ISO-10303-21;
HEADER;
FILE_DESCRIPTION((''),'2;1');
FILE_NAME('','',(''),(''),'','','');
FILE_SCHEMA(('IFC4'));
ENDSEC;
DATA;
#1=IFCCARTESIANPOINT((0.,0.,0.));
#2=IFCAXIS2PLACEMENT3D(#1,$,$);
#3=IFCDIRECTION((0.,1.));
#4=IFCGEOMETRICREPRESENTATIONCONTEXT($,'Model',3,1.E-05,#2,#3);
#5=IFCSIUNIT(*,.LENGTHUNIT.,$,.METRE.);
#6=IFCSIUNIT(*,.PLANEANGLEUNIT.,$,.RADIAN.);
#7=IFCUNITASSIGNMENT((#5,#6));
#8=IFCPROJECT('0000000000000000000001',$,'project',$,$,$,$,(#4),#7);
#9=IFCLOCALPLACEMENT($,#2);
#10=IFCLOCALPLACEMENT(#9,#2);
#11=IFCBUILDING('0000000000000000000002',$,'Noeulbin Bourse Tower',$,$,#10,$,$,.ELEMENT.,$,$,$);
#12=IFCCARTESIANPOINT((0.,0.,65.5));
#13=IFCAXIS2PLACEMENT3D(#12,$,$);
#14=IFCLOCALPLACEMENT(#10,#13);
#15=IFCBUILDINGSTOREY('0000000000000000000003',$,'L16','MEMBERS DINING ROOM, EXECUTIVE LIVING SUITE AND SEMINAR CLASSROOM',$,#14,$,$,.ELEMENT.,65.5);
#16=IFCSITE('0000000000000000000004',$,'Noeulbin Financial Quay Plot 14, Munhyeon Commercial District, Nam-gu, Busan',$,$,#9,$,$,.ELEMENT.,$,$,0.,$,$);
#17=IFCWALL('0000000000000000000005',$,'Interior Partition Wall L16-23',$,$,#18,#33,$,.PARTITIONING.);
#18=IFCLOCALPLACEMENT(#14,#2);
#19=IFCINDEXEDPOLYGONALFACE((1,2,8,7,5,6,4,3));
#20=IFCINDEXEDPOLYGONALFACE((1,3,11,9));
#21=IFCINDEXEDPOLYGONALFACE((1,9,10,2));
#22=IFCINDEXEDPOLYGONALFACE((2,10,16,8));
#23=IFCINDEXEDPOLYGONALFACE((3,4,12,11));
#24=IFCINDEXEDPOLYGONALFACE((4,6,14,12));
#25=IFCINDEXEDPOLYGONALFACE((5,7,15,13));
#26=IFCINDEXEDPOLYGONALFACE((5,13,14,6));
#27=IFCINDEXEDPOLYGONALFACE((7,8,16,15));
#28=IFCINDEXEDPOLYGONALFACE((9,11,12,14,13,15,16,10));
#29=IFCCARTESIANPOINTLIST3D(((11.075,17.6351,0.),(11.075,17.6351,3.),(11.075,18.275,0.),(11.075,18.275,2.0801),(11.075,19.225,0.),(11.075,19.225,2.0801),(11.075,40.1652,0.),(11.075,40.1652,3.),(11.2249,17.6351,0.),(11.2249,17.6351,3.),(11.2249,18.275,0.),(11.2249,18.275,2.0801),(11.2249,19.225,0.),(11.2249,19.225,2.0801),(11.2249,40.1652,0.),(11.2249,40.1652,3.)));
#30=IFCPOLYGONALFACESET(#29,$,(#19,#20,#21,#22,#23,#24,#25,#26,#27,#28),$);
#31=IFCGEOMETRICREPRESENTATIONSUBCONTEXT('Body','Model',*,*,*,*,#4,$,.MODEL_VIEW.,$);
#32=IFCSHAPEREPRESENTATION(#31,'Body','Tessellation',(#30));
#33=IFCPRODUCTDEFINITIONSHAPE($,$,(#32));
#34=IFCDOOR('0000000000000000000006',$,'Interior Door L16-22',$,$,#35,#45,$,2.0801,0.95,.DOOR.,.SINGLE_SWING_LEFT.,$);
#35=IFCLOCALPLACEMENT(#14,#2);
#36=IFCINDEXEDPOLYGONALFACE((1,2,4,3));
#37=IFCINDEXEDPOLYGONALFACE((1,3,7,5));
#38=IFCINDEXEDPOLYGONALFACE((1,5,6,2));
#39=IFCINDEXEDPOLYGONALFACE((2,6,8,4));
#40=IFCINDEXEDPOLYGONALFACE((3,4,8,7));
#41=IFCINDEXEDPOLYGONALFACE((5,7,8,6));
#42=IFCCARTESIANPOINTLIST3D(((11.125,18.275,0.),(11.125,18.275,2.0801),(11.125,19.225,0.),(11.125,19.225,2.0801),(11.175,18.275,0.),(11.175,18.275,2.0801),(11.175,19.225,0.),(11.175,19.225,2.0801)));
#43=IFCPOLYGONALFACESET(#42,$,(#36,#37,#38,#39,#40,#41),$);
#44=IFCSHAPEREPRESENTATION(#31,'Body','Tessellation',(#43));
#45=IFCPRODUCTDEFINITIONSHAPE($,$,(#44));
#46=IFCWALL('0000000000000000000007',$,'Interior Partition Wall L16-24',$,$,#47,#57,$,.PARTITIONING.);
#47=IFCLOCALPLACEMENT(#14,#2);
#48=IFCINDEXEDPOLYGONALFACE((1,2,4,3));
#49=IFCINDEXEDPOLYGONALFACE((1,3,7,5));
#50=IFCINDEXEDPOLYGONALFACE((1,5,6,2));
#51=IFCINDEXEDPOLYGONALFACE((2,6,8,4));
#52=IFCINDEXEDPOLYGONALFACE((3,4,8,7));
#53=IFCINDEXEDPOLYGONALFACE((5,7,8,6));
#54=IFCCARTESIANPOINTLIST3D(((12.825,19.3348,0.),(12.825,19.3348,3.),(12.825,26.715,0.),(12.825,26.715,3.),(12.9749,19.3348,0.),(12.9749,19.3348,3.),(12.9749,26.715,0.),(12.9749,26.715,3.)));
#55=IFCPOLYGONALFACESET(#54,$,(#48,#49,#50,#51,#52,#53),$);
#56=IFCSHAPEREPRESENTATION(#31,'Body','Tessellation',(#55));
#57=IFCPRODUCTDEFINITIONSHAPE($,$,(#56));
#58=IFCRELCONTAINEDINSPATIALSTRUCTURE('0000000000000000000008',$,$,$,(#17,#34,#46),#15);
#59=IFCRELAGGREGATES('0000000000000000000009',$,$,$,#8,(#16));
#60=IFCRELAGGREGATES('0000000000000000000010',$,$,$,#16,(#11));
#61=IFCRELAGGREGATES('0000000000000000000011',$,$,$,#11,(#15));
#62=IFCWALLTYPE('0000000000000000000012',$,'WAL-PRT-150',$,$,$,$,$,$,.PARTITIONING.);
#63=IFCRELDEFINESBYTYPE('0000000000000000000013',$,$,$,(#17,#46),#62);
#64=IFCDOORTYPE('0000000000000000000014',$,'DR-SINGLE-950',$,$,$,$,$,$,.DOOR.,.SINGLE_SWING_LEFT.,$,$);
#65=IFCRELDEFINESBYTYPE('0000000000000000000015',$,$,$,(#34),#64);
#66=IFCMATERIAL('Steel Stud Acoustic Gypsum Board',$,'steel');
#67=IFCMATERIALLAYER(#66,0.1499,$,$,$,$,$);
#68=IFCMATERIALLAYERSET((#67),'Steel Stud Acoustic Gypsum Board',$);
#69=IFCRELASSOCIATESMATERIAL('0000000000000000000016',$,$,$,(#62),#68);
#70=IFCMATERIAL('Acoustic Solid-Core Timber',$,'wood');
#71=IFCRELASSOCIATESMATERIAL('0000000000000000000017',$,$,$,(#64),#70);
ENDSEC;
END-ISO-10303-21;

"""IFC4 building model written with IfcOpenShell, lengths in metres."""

from ifc_helpers import new_model, si_unit, direction, frame, frame_2d, origin, place, context, subcontext, project, spatial, rectangle, extrude, material, layer, layer_set, type_object, element, fill, save


model = new_model("IFC4")

# Units and contexts
model_context = context("Model", 3, precision=1e-05, world=origin(), true_north=direction((0.0, 1.0)))
body_context = subcontext(model_context, "Body", "Model", "MODEL_VIEW")
ifc_project = project(units=[si_unit("LENGTHUNIT", "METRE"), si_unit("PLANEANGLEUNIT", "RADIAN")], contexts=[model_context])

# Site, building, storey
site_placement = place(None, origin())
site = spatial("IfcSite", under=ifc_project, at=site_placement, Name="Noeulbin Financial Quay Plot 14, Munhyeon Commercial District, Nam-gu, Busan", CompositionType="ELEMENT", RefElevation=0.0)
building_placement = place(site_placement, origin())
building = spatial("IfcBuilding", under=site, at=building_placement, Name="Noeulbin Bourse Tower", CompositionType="ELEMENT")
storey_placement = place(building_placement, frame((0.0, 0.0, 65.5)))
storey = spatial("IfcBuildingStorey", under=building, at=storey_placement, Name="L16", Description="MEMBERS DINING ROOM, EXECUTIVE LIVING SUITE AND SEMINAR CLASSROOM", CompositionType="ELEMENT", Elevation=65.5)

# Shared definitions
ifc_material_1 = material(Name="Steel Stud Acoustic Gypsum Board", Category="steel")
ifc_layer_1 = layer(ifc_material_1, 0.1499)
ifc_layer_set_1 = layer_set([ifc_layer_1], Name="Steel Stud Acoustic Gypsum Board")
wall_type_1 = type_object("IfcWallType", Name="WAL-PRT-150", PredefinedType="PARTITIONING", material=ifc_layer_set_1)
ifc_material_2 = material(Name="Acoustic Solid-Core Timber", Category="wood")
door_type = type_object("IfcDoorType", Name="DR-SINGLE-950", OperationType="SINGLE_SWING_LEFT", PredefinedType="DOOR", material=ifc_material_2)

# Wall, opening, door
wall_1_placement = place(storey_placement, frame((11.1499, 17.635, 0.0), z_axis=(0.0, 0.0, 1.0), x_axis=(0.0, 1.0, 0.0)))
wall_1 = element("IfcWall", 1, at=wall_1_placement, inside=storey, type_object=wall_type_1, Name="Interior Partition Wall L16-23", PredefinedType="PARTITIONING", context=body_context, shape_type="SweptSolid", body=[
    extrude(rectangle(XDim=22.53, YDim=0.1499, at=frame_2d((11.2651, 0.0))), origin(), (0.0, 0.0, 1.0), 3.0),
])
opening_1_placement = place(wall_1_placement, frame((0.6399, 0.0, 0.0)))
opening_1 = element("IfcOpeningElement", 2, at=opening_1_placement, cuts=wall_1, PredefinedType="OPENING", context=body_context, shape_type="SweptSolid", body=[
    extrude(rectangle(XDim=0.95, YDim=2.0801, at=frame_2d((0.4751, 1.04))), frame((0.0, 0.085, 0.0), z_axis=(0.0, -1.0, 0.0), x_axis=(1.0, 0.0, 0.0)), (0.0, 0.0, 1.0), 0.1699),
])
door_1_placement = place(opening_1_placement, origin())
door_1 = element("IfcDoor", 3, at=door_1_placement, inside=storey, type_object=door_type, Name="Interior Door L16-22", OperationType="SINGLE_SWING_LEFT", OverallHeight=2.0801, OverallWidth=0.95, PredefinedType="DOOR", context=body_context, shape_type="SweptSolid", body=[
    extrude(rectangle(XDim=0.95, YDim=2.0801, at=frame_2d((0.4751, 1.04))), frame((0.0, 0.0249, 0.0), z_axis=(0.0, -1.0, 0.0), x_axis=(1.0, 0.0, 0.0)), (0.0, 0.0, 1.0), 0.05),
])
fill(opening_1, door_1)

# Wall
wall_2_placement = place(storey_placement, frame((12.8999, 19.335, 0.0), z_axis=(0.0, 0.0, 1.0), x_axis=(0.0, 1.0, 0.0)))
element("IfcWall", 4, at=wall_2_placement, inside=storey, type_object=wall_type_1, Name="Interior Partition Wall L16-24", PredefinedType="PARTITIONING", context=body_context, shape_type="SweptSolid", body=[
    extrude(rectangle(XDim=7.3801, YDim=0.1499, at=frame_2d((3.6899, 0.0))), origin(), (0.0, 0.0, 1.0), 3.0),
])

save(model, "model.ifc")
